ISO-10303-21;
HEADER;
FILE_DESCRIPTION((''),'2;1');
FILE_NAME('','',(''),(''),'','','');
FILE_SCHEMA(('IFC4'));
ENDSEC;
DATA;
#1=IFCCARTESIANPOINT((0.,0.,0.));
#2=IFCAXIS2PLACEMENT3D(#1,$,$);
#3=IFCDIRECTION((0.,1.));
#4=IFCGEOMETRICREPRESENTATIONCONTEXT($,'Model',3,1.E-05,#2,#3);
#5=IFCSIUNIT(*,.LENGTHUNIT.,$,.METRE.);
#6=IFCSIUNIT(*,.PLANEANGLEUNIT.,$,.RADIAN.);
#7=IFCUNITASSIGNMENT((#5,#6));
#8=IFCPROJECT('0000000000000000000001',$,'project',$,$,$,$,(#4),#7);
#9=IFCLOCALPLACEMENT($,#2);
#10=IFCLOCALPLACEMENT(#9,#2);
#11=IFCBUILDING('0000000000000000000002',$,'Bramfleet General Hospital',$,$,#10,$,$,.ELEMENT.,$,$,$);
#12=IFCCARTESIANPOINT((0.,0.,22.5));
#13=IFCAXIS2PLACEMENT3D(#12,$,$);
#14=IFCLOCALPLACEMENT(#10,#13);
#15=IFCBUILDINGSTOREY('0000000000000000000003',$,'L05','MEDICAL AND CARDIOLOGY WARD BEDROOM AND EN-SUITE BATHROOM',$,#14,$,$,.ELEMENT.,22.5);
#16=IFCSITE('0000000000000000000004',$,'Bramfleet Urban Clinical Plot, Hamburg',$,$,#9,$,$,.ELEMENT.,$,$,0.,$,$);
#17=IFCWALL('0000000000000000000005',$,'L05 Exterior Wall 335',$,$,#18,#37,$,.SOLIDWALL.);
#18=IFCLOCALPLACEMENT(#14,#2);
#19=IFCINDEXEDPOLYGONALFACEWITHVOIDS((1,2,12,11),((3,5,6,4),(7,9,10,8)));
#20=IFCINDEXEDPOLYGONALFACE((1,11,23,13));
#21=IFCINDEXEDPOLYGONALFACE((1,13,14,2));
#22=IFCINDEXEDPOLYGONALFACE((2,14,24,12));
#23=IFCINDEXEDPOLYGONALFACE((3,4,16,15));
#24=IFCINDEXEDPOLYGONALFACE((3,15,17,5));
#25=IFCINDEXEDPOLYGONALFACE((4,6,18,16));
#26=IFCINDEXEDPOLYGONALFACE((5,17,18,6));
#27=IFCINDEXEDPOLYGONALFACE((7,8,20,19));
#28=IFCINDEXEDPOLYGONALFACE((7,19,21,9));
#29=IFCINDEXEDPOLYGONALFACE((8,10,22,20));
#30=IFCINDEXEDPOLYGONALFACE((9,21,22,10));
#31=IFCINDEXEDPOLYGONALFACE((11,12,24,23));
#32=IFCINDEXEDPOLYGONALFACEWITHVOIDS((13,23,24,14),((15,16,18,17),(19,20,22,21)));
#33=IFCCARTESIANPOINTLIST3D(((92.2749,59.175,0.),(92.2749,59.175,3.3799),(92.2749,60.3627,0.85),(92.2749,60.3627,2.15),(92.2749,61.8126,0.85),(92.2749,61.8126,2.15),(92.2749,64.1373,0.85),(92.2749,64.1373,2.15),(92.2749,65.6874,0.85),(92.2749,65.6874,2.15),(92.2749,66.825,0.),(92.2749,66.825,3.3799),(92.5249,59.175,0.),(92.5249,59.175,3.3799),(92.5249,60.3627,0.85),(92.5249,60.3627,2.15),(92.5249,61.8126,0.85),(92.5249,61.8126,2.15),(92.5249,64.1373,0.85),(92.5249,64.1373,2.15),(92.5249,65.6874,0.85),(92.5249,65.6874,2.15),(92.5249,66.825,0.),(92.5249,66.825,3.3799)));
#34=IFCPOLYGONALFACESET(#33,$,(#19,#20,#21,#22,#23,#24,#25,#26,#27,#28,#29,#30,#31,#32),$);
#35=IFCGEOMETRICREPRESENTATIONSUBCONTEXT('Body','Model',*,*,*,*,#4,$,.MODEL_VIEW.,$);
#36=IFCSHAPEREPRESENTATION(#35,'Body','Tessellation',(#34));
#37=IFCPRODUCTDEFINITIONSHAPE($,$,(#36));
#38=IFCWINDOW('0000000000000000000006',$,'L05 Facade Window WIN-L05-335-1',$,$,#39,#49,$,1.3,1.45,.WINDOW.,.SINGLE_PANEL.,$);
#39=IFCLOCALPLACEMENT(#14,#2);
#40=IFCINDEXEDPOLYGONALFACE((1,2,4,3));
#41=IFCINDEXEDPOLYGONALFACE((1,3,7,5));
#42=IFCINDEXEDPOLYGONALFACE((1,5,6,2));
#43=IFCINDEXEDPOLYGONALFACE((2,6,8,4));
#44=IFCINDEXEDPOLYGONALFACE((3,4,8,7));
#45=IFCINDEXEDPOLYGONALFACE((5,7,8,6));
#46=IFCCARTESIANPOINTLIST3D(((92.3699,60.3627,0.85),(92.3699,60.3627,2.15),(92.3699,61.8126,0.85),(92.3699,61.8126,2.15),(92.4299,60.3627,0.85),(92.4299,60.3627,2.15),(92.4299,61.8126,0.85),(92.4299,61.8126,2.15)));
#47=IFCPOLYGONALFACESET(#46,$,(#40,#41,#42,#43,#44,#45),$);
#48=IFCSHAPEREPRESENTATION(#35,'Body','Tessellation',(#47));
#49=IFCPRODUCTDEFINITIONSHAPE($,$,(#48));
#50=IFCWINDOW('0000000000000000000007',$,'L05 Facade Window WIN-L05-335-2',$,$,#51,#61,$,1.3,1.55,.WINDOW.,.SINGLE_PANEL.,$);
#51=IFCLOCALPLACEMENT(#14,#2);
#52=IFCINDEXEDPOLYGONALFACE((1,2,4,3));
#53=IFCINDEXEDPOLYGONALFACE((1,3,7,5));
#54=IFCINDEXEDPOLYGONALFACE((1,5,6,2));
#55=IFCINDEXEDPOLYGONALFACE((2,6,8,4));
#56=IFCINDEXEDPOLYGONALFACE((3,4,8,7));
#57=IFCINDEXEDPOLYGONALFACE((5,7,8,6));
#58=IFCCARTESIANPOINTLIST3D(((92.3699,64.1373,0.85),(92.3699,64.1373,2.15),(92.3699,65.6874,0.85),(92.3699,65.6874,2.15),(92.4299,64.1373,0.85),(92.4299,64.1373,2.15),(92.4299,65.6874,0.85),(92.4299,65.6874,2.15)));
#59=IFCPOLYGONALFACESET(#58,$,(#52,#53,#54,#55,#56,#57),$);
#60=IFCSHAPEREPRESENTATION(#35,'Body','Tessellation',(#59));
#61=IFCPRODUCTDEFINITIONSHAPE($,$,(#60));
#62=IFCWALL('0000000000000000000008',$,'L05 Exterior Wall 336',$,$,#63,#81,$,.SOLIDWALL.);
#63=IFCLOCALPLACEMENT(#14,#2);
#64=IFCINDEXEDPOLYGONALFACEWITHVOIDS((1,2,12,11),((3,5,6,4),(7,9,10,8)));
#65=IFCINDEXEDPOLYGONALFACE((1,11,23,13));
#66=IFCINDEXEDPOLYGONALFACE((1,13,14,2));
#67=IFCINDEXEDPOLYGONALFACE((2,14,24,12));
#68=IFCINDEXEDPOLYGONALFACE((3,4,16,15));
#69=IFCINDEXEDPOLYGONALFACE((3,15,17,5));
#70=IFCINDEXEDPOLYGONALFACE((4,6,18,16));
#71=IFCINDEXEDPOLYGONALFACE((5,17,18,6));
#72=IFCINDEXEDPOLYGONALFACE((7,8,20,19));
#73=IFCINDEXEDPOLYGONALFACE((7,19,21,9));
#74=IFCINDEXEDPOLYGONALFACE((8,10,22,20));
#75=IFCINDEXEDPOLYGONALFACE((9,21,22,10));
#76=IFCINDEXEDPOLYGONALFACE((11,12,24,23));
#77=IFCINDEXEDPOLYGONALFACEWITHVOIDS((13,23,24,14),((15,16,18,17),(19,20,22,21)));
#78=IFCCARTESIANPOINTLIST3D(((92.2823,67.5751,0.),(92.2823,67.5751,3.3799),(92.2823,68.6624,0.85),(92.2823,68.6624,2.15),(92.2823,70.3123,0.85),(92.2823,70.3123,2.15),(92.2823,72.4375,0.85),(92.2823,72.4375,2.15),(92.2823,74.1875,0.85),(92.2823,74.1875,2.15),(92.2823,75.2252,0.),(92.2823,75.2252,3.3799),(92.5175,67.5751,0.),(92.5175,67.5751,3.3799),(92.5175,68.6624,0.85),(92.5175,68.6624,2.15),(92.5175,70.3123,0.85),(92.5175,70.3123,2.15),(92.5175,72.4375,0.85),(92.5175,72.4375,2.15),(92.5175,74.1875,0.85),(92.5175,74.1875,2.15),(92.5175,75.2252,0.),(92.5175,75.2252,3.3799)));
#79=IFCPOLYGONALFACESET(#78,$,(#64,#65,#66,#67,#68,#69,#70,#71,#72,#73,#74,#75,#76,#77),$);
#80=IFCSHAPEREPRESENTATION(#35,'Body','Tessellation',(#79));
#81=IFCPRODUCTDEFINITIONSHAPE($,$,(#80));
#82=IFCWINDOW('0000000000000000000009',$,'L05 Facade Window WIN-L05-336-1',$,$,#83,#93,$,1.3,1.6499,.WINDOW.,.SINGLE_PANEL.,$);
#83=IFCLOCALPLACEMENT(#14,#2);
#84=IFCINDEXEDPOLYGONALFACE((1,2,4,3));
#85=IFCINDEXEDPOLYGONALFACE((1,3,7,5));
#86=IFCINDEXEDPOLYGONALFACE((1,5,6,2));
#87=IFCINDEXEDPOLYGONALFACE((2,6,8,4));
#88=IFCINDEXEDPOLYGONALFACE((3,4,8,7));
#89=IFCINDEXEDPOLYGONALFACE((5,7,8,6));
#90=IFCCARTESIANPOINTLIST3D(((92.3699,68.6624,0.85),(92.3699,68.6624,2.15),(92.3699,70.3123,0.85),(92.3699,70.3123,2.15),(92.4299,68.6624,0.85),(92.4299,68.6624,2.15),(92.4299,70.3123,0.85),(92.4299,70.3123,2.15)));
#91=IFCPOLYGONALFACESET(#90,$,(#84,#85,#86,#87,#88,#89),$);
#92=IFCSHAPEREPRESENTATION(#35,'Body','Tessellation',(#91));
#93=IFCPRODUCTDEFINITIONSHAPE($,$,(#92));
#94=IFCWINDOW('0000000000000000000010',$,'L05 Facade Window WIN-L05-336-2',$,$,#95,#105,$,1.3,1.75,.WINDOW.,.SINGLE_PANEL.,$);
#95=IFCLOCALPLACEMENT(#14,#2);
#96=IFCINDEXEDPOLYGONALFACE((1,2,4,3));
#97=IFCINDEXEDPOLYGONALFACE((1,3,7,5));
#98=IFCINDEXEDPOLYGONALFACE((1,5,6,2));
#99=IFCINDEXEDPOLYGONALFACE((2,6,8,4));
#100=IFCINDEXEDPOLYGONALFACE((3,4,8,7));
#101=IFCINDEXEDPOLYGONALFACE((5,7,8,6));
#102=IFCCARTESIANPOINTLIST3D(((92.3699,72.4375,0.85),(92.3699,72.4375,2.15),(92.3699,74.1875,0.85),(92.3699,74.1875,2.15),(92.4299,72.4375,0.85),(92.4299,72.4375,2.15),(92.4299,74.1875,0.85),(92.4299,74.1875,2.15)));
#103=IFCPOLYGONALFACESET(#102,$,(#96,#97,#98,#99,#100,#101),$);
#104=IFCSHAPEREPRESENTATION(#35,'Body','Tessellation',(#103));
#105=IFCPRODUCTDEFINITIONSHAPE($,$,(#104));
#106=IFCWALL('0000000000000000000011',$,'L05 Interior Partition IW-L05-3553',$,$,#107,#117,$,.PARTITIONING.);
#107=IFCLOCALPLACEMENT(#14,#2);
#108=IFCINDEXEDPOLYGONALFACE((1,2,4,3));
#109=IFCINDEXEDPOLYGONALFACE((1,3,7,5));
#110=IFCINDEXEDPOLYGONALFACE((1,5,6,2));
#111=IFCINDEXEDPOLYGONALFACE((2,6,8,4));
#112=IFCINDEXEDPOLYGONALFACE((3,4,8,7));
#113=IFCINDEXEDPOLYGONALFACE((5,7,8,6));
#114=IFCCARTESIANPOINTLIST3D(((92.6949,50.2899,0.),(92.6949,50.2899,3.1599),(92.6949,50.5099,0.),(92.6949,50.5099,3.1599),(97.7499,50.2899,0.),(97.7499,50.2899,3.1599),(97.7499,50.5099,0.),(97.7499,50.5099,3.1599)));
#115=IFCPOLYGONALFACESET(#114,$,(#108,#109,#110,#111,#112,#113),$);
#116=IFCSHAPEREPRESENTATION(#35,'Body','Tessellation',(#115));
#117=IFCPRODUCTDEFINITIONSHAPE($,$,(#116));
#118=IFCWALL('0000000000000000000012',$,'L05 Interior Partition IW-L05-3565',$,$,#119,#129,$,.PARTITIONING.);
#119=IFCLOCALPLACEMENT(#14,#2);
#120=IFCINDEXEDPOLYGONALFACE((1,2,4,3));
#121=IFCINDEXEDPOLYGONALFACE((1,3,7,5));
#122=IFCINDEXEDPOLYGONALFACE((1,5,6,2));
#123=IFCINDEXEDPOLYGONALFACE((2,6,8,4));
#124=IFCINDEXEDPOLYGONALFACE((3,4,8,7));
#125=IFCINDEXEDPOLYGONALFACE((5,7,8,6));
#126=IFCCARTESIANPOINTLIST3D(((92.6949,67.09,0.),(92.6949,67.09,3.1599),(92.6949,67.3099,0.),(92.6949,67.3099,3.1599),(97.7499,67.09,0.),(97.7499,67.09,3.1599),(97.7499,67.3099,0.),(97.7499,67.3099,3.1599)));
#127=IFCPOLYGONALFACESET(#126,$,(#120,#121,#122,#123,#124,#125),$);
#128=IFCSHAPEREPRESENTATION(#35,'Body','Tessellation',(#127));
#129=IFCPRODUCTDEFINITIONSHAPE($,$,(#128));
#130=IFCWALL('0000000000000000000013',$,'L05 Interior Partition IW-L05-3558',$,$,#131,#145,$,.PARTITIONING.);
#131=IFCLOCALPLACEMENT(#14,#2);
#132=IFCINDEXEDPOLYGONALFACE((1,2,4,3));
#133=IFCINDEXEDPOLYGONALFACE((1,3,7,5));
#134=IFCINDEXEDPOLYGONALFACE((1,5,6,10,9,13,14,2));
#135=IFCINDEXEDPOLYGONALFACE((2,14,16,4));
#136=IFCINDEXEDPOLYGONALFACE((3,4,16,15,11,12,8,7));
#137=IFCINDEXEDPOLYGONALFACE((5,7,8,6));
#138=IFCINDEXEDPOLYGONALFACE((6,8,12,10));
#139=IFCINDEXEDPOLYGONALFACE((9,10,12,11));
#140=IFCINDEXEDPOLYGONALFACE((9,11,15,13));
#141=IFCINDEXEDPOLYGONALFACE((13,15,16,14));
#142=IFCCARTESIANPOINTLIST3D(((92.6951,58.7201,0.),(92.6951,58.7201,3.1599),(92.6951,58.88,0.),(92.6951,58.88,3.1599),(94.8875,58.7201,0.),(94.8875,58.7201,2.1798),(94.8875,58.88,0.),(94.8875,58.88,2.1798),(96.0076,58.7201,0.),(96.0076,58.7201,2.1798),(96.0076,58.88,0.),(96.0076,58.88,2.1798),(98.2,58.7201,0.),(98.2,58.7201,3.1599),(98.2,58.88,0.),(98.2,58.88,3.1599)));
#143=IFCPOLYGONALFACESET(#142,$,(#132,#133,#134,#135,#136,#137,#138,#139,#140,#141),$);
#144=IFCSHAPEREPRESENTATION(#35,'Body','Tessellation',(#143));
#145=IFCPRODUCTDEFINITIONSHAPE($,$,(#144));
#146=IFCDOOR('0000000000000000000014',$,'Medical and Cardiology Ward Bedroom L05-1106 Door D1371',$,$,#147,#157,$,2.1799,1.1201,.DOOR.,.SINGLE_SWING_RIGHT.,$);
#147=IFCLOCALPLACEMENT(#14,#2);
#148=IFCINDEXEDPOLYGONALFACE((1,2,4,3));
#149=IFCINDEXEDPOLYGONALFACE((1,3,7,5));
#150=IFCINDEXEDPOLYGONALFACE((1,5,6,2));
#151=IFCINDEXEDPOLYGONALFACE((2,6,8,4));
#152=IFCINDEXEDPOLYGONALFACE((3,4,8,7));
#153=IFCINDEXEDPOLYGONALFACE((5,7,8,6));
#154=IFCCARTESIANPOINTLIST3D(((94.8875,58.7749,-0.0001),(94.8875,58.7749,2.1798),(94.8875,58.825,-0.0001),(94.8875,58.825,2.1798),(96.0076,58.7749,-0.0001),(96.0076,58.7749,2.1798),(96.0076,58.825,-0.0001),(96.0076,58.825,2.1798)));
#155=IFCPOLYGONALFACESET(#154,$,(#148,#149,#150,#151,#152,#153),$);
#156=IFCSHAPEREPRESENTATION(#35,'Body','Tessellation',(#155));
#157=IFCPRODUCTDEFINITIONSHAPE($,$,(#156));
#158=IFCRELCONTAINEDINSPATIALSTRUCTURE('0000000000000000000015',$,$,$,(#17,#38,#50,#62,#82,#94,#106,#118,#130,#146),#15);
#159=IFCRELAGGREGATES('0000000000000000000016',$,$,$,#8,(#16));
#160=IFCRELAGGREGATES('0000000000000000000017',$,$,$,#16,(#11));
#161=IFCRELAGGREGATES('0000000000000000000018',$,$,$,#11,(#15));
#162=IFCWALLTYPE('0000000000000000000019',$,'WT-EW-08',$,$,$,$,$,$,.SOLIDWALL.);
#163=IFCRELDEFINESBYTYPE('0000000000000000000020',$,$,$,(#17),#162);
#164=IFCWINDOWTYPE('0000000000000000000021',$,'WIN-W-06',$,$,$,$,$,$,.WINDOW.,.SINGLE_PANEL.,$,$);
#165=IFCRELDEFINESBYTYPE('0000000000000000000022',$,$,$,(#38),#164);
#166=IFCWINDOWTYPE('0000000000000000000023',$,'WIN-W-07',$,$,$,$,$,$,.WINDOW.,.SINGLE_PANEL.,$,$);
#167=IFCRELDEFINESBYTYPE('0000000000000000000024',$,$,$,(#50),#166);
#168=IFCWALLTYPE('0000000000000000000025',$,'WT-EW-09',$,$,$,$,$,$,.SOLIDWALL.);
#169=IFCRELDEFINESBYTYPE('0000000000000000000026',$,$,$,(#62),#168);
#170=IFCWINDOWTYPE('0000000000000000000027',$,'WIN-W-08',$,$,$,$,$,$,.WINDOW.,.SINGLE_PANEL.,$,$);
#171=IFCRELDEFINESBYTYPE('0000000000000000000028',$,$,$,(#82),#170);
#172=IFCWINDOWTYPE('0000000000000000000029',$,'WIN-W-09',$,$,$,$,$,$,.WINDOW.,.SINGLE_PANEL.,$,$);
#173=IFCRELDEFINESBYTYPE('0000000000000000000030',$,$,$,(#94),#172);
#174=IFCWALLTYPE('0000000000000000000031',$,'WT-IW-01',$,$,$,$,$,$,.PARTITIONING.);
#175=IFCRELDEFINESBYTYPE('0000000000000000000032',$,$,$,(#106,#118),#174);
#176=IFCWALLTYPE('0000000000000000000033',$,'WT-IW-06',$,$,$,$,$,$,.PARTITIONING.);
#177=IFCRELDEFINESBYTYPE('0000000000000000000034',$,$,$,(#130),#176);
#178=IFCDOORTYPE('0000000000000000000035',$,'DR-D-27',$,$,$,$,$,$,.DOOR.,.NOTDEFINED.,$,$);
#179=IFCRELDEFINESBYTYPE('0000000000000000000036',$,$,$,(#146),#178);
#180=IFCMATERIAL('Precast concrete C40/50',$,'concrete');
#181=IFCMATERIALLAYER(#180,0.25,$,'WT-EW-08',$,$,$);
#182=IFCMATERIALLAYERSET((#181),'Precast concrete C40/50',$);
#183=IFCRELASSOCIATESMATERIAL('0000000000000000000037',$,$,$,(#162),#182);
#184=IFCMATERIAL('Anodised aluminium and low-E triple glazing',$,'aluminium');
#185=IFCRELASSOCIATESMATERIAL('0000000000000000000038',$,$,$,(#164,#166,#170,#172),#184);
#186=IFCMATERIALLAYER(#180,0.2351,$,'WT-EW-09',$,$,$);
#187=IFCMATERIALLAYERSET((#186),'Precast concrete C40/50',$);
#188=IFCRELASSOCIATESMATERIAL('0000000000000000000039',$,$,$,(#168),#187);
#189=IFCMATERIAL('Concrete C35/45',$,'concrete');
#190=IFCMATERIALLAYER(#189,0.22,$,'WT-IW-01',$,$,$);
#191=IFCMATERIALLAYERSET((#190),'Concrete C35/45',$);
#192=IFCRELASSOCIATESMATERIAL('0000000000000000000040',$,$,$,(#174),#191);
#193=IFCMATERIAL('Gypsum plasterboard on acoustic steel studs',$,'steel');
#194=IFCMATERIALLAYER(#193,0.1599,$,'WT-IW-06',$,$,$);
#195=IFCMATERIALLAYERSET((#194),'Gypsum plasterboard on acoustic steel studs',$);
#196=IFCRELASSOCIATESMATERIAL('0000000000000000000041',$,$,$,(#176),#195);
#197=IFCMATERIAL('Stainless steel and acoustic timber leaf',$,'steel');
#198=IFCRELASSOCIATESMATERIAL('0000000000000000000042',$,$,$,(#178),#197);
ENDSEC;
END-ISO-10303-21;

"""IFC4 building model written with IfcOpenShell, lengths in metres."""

from ifc_helpers import new_model, si_unit, direction, frame, frame_2d, origin, place, context, subcontext, project, spatial, rectangle, extrude, material, layer, layer_set, type_object, element, fill, save


model = new_model("IFC4")

# Units and contexts
model_context = context("Model", 3, precision=1e-05, world=origin(), true_north=direction((0.0, 1.0)))
body_context = subcontext(model_context, "Body", "Model", "MODEL_VIEW")
ifc_project = project(units=[si_unit("LENGTHUNIT", "METRE"), si_unit("PLANEANGLEUNIT", "RADIAN")], contexts=[model_context])

# Site, building, storey
site_placement = place(None, origin())
site = spatial("IfcSite", under=ifc_project, at=site_placement, Name="Bramfleet Urban Clinical Plot, Hamburg", CompositionType="ELEMENT", RefElevation=0.0)
building_placement = place(site_placement, origin())
building = spatial("IfcBuilding", under=site, at=building_placement, Name="Bramfleet General Hospital", CompositionType="ELEMENT")
storey_placement = place(building_placement, frame((0.0, 0.0, 22.5)))
storey = spatial("IfcBuildingStorey", under=building, at=storey_placement, Name="L05", Description="MEDICAL AND CARDIOLOGY WARD BEDROOM AND EN-SUITE BATHROOM", CompositionType="ELEMENT", Elevation=22.5)

# Shared definitions
ifc_material_1 = material(Name="Anodised aluminium and low-E triple glazing", Category="aluminium")

# Walls, openings, windows
ifc_material_2 = material(Name="Precast concrete C40/50", Category="concrete")
ifc_layer_1 = layer(ifc_material_2, 0.25, Name="WT-EW-08")
ifc_layer_set_1 = layer_set([ifc_layer_1], Name="Precast concrete C40/50")
wall_type_1 = type_object("IfcWallType", Name="WT-EW-08", PredefinedType="SOLIDWALL", material=ifc_layer_set_1)
wall_1_placement = place(storey_placement, frame((92.3999, 59.175, 0.0), z_axis=(0.0, 0.0, 1.0), x_axis=(0.0, 1.0, 0.0)))
wall_1 = element("IfcWall", 1, at=wall_1_placement, inside=storey, type_object=wall_type_1, Name="L05 Exterior Wall 335", PredefinedType="SOLIDWALL", context=body_context, shape_type="SweptSolid", body=[
    extrude(rectangle(XDim=7.6499, YDim=0.25, at=frame_2d((3.825, 0.0))), origin(), (0.0, 0.0, 1.0), 3.3799),
])
opening_1_placement = place(wall_1_placement, frame((1.1875, 0.0, 0.8501)))
opening_1 = element("IfcOpeningElement", 2, at=opening_1_placement, cuts=wall_1, PredefinedType="OPENING", context=body_context, shape_type="SweptSolid", body=[
    extrude(rectangle(XDim=1.45, YDim=1.3, at=frame_2d((0.7251, 0.6499))), frame((0.0, 0.135, 0.0), z_axis=(0.0, -1.0, 0.0), x_axis=(1.0, 0.0, 0.0)), (0.0, 0.0, 1.0), 0.27),
])
opening_2_placement = place(wall_1_placement, frame((4.9624, 0.0, 0.8501)))
opening_2 = element("IfcOpeningElement", 3, at=opening_2_placement, cuts=wall_1, PredefinedType="OPENING", context=body_context, shape_type="SweptSolid", body=[
    extrude(rectangle(XDim=1.55, YDim=1.3, at=frame_2d((0.7749, 0.6499))), frame((0.0, 0.135, 0.0), z_axis=(0.0, -1.0, 0.0), x_axis=(1.0, 0.0, 0.0)), (0.0, 0.0, 1.0), 0.27),
])
window_type_1 = type_object("IfcWindowType", Name="WIN-W-06", PartitioningType="SINGLE_PANEL", PredefinedType="WINDOW", material=ifc_material_1)
window_1_placement = place(opening_1_placement, origin())
window_1 = element("IfcWindow", 4, at=window_1_placement, inside=storey, type_object=window_type_1, Name="L05 Facade Window WIN-L05-335-1", OverallHeight=1.3, OverallWidth=1.45, PartitioningType="SINGLE_PANEL", PredefinedType="WINDOW", context=body_context, shape_type="SweptSolid", body=[
    extrude(rectangle(XDim=1.45, YDim=1.3, at=frame_2d((0.7251, 0.6499))), frame((0.0, 0.03, 0.0), z_axis=(0.0, -1.0, 0.0), x_axis=(1.0, 0.0, 0.0)), (0.0, 0.0, 1.0), 0.0601),
])
fill(opening_1, window_1)
window_type_2 = type_object("IfcWindowType", Name="WIN-W-07", PartitioningType="SINGLE_PANEL", PredefinedType="WINDOW", material=ifc_material_1)
window_2_placement = place(opening_2_placement, origin())
window_2 = element("IfcWindow", 5, at=window_2_placement, inside=storey, type_object=window_type_2, Name="L05 Facade Window WIN-L05-335-2", OverallHeight=1.3, OverallWidth=1.55, PartitioningType="SINGLE_PANEL", PredefinedType="WINDOW", context=body_context, shape_type="SweptSolid", body=[
    extrude(rectangle(XDim=1.55, YDim=1.3, at=frame_2d((0.7749, 0.6499))), frame((0.0, 0.03, 0.0), z_axis=(0.0, -1.0, 0.0), x_axis=(1.0, 0.0, 0.0)), (0.0, 0.0, 1.0), 0.0601),
])
fill(opening_2, window_2)
ifc_layer_2 = layer(ifc_material_2, 0.2351, Name="WT-EW-09")
ifc_layer_set_2 = layer_set([ifc_layer_2], Name="Precast concrete C40/50")
wall_type_2 = type_object("IfcWallType", Name="WT-EW-09", PredefinedType="SOLIDWALL", material=ifc_layer_set_2)
wall_2_placement = place(storey_placement, frame((92.3999, 67.575, 0.0), z_axis=(0.0, 0.0, 1.0), x_axis=(0.0, 1.0, 0.0)))
wall_2 = element("IfcWall", 6, at=wall_2_placement, inside=storey, type_object=wall_type_2, Name="L05 Exterior Wall 336", PredefinedType="SOLIDWALL", context=body_context, shape_type="SweptSolid", body=[
    extrude(rectangle(XDim=7.6501, YDim=0.2351, at=frame_2d((3.8252, 0.0))), origin(), (0.0, 0.0, 1.0), 3.3799),
])
opening_3_placement = place(wall_2_placement, frame((1.0874, 0.0, 0.8501)))
opening_3 = element("IfcOpeningElement", 7, at=opening_3_placement, cuts=wall_2, PredefinedType="OPENING", context=body_context, shape_type="SweptSolid", body=[
    extrude(rectangle(XDim=1.6499, YDim=1.3, at=frame_2d((0.825, 0.6499))), frame((0.0, 0.1274, 0.0), z_axis=(0.0, -1.0, 0.0), x_axis=(1.0, 0.0, 0.0)), (0.0, 0.0, 1.0), 0.2551),
])
opening_4_placement = place(wall_2_placement, frame((4.8625, 0.0, 0.8501)))
opening_4 = element("IfcOpeningElement", 8, at=opening_4_placement, cuts=wall_2, PredefinedType="OPENING", context=body_context, shape_type="SweptSolid", body=[
    extrude(rectangle(XDim=1.75, YDim=1.3, at=frame_2d((0.875, 0.6499))), frame((0.0, 0.1274, 0.0), z_axis=(0.0, -1.0, 0.0), x_axis=(1.0, 0.0, 0.0)), (0.0, 0.0, 1.0), 0.2551),
])
window_type_3 = type_object("IfcWindowType", Name="WIN-W-08", PartitioningType="SINGLE_PANEL", PredefinedType="WINDOW", material=ifc_material_1)
window_3_placement = place(opening_3_placement, origin())
window_3 = element("IfcWindow", 9, at=window_3_placement, inside=storey, type_object=window_type_3, Name="L05 Facade Window WIN-L05-336-1", OverallHeight=1.3, OverallWidth=1.6499, PartitioningType="SINGLE_PANEL", PredefinedType="WINDOW", context=body_context, shape_type="SweptSolid", body=[
    extrude(rectangle(XDim=1.6499, YDim=1.3, at=frame_2d((0.825, 0.6499))), frame((0.0, 0.03, 0.0), z_axis=(0.0, -1.0, 0.0), x_axis=(1.0, 0.0, 0.0)), (0.0, 0.0, 1.0), 0.0601),
])
fill(opening_3, window_3)
window_type_4 = type_object("IfcWindowType", Name="WIN-W-09", PartitioningType="SINGLE_PANEL", PredefinedType="WINDOW", material=ifc_material_1)
window_4_placement = place(opening_4_placement, origin())
window_4 = element("IfcWindow", 10, at=window_4_placement, inside=storey, type_object=window_type_4, Name="L05 Facade Window WIN-L05-336-2", OverallHeight=1.3, OverallWidth=1.75, PartitioningType="SINGLE_PANEL", PredefinedType="WINDOW", context=body_context, shape_type="SweptSolid", body=[
    extrude(rectangle(XDim=1.75, YDim=1.3, at=frame_2d((0.875, 0.6499))), frame((0.0, 0.03, 0.0), z_axis=(0.0, -1.0, 0.0), x_axis=(1.0, 0.0, 0.0)), (0.0, 0.0, 1.0), 0.0601),
])
fill(opening_4, window_4)

# Walls
ifc_material_3 = material(Name="Concrete C35/45", Category="concrete")
ifc_layer_3 = layer(ifc_material_3, 0.22, Name="WT-IW-01")
ifc_layer_set_3 = layer_set([ifc_layer_3], Name="Concrete C35/45")
wall_type_3 = type_object("IfcWallType", Name="WT-IW-01", PredefinedType="PARTITIONING", material=ifc_layer_set_3)
for number, where, z_axis, x_axis, name in (
    (11, (92.6951, 50.3999, 0.0), (0.0, 0.0, 1.0), (1.0, 0.0, 0.0), "L05 Interior Partition IW-L05-3553"),
    (12, (92.6951, 67.2, 0.0), (0.0, 0.0, 1.0), (1.0, 0.0, 0.0), "L05 Interior Partition IW-L05-3565"),
):
    element("IfcWall", number, at=place(storey_placement, frame(where, z_axis=z_axis, x_axis=x_axis)), inside=storey, type_object=wall_type_3, Name=name, PredefinedType="PARTITIONING", context=body_context, shape_type="SweptSolid", body=[
        extrude(rectangle(XDim=5.0549, YDim=0.22, at=frame_2d((2.5273, 0.0))), origin(), (0.0, 0.0, 1.0), 3.1599),
    ])

# Wall, opening, door
ifc_material_4 = material(Name="Gypsum plasterboard on acoustic steel studs", Category="steel")
ifc_layer_4 = layer(ifc_material_4, 0.1599, Name="WT-IW-06")
ifc_layer_set_4 = layer_set([ifc_layer_4], Name="Gypsum plasterboard on acoustic steel studs")
wall_type_4 = type_object("IfcWallType", Name="WT-IW-06", PredefinedType="PARTITIONING", material=ifc_layer_set_4)
wall_3_placement = place(storey_placement, frame((92.6951, 58.8, 0.0), z_axis=(0.0, 0.0, 1.0), x_axis=(1.0, 0.0, 0.0)))
wall_3 = element("IfcWall", 13, at=wall_3_placement, inside=storey, type_object=wall_type_4, Name="L05 Interior Partition IW-L05-3558", PredefinedType="PARTITIONING", context=body_context, shape_type="SweptSolid", body=[
    extrude(rectangle(XDim=5.5049, YDim=0.1599, at=frame_2d((2.7524, 0.0))), origin(), (0.0, 0.0, 1.0), 3.1599),
])
opening_5_placement = place(wall_3_placement, frame((2.1924, 0.0, 0.0)))
opening_5 = element("IfcOpeningElement", 14, at=opening_5_placement, cuts=wall_3, PredefinedType="OPENING", context=body_context, shape_type="SweptSolid", body=[
    extrude(rectangle(XDim=1.1201, YDim=2.1799, at=frame_2d((0.5601, 1.0898))), frame((0.0, 0.0898, 0.0), z_axis=(0.0, -1.0, 0.0), x_axis=(1.0, 0.0, 0.0)), (0.0, 0.0, 1.0), 0.1799),
])
ifc_material_5 = material(Name="Stainless steel and acoustic timber leaf", Category="steel")
door_type_1 = type_object("IfcDoorType", Name="DR-D-27", OperationType="NOTDEFINED", PredefinedType="DOOR", material=ifc_material_5)
door_1_placement = place(opening_5_placement, origin())
door_1 = element("IfcDoor", 15, at=door_1_placement, inside=storey, type_object=door_type_1, Name="Medical and Cardiology Ward Bedroom L05-1106 Door D1371", OperationType="SINGLE_SWING_RIGHT", OverallHeight=2.1799, OverallWidth=1.1201, PredefinedType="DOOR", context=body_context, shape_type="SweptSolid", body=[
    extrude(rectangle(XDim=1.1201, YDim=2.1799, at=frame_2d((0.5601, 1.0898))), frame((0.0, 0.0249, 0.0), z_axis=(0.0, -1.0, 0.0), x_axis=(1.0, 0.0, 0.0)), (0.0, 0.0, 1.0), 0.05),
])
fill(opening_5, door_1)

save(model, "model.ifc")
